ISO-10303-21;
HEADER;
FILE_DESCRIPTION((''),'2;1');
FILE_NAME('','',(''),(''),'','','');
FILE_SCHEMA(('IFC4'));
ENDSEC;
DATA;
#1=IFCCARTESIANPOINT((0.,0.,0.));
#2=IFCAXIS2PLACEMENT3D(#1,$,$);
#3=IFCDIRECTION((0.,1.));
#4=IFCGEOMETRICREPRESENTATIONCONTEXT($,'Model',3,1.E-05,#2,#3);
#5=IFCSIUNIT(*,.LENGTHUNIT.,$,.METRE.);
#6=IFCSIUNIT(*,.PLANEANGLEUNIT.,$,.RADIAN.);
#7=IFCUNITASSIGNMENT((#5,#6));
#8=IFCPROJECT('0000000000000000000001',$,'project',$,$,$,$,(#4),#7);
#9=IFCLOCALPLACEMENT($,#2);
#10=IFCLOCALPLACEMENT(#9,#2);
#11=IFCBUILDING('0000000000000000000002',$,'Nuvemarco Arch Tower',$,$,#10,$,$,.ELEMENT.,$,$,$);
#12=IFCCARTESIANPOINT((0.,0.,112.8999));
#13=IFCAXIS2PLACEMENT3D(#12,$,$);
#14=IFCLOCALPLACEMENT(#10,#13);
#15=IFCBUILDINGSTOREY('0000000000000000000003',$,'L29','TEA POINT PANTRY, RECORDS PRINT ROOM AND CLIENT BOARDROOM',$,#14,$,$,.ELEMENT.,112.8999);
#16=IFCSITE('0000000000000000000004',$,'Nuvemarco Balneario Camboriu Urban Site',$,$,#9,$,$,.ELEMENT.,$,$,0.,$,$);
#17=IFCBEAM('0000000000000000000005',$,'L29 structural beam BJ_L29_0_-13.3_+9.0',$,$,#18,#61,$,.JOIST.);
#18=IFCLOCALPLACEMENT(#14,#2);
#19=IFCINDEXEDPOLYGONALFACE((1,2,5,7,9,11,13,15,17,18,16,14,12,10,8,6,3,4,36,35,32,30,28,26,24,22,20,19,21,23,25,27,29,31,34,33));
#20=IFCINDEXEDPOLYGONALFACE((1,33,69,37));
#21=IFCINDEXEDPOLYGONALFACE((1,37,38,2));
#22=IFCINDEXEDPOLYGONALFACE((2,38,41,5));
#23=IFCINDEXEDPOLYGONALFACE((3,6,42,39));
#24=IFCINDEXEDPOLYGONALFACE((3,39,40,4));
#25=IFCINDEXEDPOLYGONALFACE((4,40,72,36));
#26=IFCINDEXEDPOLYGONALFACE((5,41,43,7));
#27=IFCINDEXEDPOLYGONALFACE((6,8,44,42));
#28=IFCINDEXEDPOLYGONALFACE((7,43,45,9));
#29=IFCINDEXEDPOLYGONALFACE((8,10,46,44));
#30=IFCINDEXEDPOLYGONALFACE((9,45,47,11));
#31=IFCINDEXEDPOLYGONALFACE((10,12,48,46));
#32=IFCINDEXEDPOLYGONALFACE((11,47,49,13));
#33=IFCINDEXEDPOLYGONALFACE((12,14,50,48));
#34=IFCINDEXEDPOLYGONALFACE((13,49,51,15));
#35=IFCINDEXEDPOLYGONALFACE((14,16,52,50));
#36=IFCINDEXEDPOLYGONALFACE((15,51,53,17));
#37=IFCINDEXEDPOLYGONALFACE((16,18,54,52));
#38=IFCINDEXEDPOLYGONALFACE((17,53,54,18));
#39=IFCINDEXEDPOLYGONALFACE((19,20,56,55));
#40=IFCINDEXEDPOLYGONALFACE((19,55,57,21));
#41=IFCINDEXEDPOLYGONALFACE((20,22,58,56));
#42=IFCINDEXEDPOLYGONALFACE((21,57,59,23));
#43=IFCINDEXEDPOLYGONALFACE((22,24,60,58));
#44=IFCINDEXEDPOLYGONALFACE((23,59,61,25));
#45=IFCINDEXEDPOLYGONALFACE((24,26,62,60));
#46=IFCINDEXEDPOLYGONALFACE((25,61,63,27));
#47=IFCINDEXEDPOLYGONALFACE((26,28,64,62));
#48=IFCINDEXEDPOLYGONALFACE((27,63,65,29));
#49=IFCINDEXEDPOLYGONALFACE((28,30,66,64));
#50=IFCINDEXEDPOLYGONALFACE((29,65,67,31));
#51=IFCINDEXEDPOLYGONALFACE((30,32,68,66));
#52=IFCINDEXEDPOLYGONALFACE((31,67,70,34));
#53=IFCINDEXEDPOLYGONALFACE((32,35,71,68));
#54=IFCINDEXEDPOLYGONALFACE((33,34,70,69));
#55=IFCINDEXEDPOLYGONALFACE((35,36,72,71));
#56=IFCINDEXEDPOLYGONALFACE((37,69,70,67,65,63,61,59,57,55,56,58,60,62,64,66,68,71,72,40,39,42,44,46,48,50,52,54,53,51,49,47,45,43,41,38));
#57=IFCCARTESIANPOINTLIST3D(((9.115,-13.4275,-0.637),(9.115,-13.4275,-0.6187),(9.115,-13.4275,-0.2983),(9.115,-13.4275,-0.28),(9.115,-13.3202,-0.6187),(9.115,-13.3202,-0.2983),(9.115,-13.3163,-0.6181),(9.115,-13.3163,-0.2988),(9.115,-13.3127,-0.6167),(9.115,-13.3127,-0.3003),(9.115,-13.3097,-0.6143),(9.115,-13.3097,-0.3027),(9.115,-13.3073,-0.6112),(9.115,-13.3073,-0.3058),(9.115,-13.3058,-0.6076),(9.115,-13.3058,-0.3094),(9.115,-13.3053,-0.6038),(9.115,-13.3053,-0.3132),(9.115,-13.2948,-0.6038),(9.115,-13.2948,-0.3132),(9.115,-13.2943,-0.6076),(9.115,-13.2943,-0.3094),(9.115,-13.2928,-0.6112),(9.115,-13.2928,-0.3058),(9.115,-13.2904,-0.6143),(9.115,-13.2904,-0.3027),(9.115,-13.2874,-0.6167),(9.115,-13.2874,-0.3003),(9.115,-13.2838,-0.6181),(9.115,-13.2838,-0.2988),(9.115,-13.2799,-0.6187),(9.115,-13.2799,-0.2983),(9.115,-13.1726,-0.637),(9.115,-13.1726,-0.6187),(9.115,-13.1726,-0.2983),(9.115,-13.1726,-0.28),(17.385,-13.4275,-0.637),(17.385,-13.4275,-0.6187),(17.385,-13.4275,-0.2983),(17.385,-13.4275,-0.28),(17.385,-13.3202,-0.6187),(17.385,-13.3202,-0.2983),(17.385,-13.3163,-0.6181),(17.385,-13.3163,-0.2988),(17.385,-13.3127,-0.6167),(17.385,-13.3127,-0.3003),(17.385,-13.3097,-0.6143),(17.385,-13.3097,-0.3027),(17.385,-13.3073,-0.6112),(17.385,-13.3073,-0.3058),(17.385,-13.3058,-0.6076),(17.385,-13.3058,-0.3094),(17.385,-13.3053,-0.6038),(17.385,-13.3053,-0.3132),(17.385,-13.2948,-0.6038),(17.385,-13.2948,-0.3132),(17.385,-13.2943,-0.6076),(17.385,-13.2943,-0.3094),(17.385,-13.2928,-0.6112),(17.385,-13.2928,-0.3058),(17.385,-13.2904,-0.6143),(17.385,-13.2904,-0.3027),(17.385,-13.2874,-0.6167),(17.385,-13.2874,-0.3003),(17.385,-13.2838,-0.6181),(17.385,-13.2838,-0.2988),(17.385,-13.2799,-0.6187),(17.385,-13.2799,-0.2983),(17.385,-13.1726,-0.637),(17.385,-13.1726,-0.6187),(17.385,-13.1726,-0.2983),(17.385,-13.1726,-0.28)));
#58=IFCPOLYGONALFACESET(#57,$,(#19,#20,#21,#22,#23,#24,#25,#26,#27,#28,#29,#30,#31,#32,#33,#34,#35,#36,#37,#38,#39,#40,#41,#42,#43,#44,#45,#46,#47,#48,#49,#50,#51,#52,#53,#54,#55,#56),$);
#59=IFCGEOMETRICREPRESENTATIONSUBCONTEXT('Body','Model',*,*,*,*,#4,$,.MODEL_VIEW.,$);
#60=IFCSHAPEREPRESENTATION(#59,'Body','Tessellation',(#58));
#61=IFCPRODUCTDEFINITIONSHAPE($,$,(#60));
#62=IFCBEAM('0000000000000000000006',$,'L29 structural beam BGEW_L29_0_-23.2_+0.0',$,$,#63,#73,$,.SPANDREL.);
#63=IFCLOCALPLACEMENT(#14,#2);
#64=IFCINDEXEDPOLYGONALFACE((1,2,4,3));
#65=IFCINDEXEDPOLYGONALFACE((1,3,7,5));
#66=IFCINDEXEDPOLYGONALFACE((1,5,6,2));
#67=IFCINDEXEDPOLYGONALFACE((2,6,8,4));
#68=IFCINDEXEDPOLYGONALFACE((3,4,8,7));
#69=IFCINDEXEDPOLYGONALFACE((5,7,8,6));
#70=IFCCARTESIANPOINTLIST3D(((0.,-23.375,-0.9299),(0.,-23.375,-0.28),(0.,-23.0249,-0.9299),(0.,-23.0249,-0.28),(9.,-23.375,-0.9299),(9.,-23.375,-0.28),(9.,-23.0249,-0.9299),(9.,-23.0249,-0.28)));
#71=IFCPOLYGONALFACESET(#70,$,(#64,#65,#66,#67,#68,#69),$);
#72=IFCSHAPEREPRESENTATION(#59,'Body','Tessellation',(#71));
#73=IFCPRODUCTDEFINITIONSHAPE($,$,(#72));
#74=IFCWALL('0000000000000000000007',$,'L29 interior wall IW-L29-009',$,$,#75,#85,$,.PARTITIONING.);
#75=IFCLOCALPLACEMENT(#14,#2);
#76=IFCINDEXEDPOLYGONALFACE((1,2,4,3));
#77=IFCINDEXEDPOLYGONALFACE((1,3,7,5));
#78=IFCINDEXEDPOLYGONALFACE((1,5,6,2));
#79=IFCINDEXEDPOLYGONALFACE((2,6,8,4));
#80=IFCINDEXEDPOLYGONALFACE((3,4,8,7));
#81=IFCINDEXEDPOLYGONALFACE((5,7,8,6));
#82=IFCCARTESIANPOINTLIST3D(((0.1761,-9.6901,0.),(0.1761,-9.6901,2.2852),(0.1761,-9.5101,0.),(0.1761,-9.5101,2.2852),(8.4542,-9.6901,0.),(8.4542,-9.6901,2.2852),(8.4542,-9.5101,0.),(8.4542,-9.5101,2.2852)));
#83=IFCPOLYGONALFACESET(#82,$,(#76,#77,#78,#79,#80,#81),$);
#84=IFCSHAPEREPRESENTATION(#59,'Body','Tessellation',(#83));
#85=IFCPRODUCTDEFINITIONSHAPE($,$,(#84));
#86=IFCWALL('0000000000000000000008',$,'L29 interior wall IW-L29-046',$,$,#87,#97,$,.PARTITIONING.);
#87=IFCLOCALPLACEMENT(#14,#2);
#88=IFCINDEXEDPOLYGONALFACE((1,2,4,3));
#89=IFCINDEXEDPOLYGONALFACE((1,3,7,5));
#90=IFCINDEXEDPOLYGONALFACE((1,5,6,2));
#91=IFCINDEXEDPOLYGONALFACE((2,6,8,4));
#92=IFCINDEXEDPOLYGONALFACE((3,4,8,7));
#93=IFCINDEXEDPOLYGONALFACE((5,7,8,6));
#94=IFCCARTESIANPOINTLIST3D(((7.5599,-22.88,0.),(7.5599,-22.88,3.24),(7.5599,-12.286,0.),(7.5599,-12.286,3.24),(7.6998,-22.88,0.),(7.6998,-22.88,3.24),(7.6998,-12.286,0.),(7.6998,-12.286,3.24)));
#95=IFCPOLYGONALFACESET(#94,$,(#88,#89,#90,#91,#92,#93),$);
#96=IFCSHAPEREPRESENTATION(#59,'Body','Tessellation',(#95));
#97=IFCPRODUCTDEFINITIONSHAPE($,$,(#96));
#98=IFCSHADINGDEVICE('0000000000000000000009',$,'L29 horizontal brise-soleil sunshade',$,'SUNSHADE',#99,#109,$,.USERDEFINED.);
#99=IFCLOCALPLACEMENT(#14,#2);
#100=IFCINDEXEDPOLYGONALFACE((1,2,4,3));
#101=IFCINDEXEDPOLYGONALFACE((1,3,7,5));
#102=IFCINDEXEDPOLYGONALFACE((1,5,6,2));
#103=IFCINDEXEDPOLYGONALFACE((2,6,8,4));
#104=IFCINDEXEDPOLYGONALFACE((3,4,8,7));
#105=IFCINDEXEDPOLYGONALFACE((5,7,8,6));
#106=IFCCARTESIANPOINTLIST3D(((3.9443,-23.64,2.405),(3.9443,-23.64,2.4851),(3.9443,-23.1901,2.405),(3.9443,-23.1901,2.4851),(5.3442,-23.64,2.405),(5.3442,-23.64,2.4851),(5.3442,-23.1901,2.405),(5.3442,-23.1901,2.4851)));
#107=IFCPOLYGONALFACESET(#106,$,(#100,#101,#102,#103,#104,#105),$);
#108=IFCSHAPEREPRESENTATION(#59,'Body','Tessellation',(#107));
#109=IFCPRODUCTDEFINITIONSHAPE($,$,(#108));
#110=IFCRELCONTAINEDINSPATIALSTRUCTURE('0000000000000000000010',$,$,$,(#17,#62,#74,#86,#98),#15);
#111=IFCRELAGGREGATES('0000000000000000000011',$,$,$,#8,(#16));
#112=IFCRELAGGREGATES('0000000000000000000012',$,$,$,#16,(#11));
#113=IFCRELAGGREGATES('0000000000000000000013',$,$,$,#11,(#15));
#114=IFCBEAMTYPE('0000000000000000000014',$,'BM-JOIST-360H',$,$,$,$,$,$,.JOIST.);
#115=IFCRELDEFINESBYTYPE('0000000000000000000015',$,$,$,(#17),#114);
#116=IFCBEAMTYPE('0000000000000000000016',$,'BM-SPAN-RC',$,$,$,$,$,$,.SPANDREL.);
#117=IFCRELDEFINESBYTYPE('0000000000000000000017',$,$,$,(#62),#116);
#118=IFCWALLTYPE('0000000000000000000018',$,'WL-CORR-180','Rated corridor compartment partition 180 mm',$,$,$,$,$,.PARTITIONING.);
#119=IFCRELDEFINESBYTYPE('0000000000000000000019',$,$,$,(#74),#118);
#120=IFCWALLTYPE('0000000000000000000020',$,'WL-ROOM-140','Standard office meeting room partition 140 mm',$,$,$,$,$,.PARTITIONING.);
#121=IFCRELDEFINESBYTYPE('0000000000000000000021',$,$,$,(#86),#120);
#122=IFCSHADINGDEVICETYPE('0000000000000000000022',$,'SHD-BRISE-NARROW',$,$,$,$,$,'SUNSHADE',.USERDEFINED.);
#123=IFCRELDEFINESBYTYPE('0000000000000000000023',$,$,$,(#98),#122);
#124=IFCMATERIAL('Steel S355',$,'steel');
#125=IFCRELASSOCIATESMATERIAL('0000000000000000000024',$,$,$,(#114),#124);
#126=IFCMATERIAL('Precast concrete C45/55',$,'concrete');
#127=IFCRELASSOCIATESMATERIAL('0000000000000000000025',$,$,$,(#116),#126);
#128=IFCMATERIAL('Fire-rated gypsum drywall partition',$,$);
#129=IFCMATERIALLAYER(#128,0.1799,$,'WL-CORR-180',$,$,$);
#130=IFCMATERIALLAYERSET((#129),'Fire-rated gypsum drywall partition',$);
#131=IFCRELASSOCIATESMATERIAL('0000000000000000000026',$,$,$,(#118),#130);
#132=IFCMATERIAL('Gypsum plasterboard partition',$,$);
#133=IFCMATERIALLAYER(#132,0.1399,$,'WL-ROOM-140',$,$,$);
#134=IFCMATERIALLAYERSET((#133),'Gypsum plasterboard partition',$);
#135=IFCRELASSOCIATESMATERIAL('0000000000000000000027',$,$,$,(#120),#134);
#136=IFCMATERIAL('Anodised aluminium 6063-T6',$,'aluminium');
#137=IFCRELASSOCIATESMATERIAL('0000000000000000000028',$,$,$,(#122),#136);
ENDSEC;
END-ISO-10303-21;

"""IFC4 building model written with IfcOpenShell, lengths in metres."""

from ifc_helpers import new_model, si_unit, direction, frame, frame_2d, origin, origin_2d, place, context, subcontext, project, spatial, rectangle, i_section, extrude, source, transform, mapped, material, layer, layer_set, material_profile, profile_set, type_object, type_shapes, element, save


model = new_model("IFC4")

# Units and contexts
model_context = context("Model", 3, precision=1e-05, world=origin(), true_north=direction((0.0, 1.0)))
body_context = subcontext(model_context, "Body", "Model", "MODEL_VIEW")
ifc_project = project(units=[si_unit("LENGTHUNIT", "METRE"), si_unit("PLANEANGLEUNIT", "RADIAN")], contexts=[model_context])

# Site, building, storey
site_placement = place(None, origin())
site = spatial("IfcSite", under=ifc_project, at=site_placement, Name="Nuvemarco Balneario Camboriu Urban Site", CompositionType="ELEMENT", RefElevation=0.0)
building_placement = place(site_placement, origin())
building = spatial("IfcBuilding", under=site, at=building_placement, Name="Nuvemarco Arch Tower", CompositionType="ELEMENT")
storey_placement = place(building_placement, frame((0.0, 0.0, 112.8999)))
storey = spatial("IfcBuildingStorey", under=building, at=storey_placement, Name="L29", Description="TEA POINT PANTRY, RECORDS PRINT ROOM AND CLIENT BOARDROOM", CompositionType="ELEMENT", Elevation=112.8999)

# Shared definitions
ifc_material_1 = material(Name="Steel S355", Category="steel")

# Beams
ifc_material_profile_1 = material_profile(ifc_material_1, i_section(OverallWidth=0.2549, OverallDepth=0.3569, WebThickness=0.0105, FlangeThickness=0.0183, FilletRadius=0.0149, at=origin_2d()), Name="W360x101")
ifc_profile_set_1 = profile_set([ifc_material_profile_1], Name="Steel S355")
beam_type_1 = type_object("IfcBeamType", Name="BM-JOIST-360H", PredefinedType="JOIST", material=ifc_profile_set_1)
beam_1_placement = place(storey_placement, frame((9.115, -13.3, -0.4585), z_axis=(1.0, 0.0, 0.0), x_axis=(0.0, 1.0, 0.0)))
element("IfcBeam", 1, at=beam_1_placement, inside=storey, type_object=beam_type_1, Name="L29 structural beam BJ_L29_0_-13.3_+9.0", PredefinedType="JOIST", context=body_context, shape_type="SweptSolid", body=[
    extrude(i_section(OverallWidth=0.2549, OverallDepth=0.3569, WebThickness=0.0105, FlangeThickness=0.0183, FilletRadius=0.0149, at=origin_2d()), origin(), (0.0, 0.0, 1.0), 8.27),
])
ifc_material_2 = material(Name="Precast concrete C45/55", Category="concrete")
ifc_material_profile_2 = material_profile(ifc_material_2, rectangle(XDim=0.3501, YDim=0.6499, at=origin_2d()), Name="PC-SP-350x650")
ifc_profile_set_2 = profile_set([ifc_material_profile_2], Name="Precast concrete C45/55")
beam_type_2 = type_object("IfcBeamType", Name="BM-SPAN-RC", PredefinedType="SPANDREL", material=ifc_profile_set_2)
beam_2_placement = place(storey_placement, frame((0.0, -23.2, -0.605), z_axis=(1.0, 0.0, 0.0), x_axis=(0.0, 1.0, 0.0)))
element("IfcBeam", 2, at=beam_2_placement, inside=storey, type_object=beam_type_2, Name="L29 structural beam BGEW_L29_0_-23.2_+0.0", PredefinedType="SPANDREL", context=body_context, shape_type="SweptSolid", body=[
    extrude(rectangle(XDim=0.3501, YDim=0.6499, at=origin_2d()), origin(), (0.0, 0.0, 1.0), 9.0),
])

# Walls
ifc_material_3 = material(Name="Fire-rated gypsum drywall partition")
ifc_layer_1 = layer(ifc_material_3, 0.1799, Name="WL-CORR-180")
ifc_layer_set_1 = layer_set([ifc_layer_1], Name="Fire-rated gypsum drywall partition")
wall_type_1 = type_object("IfcWallType", Name="WL-CORR-180", Description="Rated corridor compartment partition 180 mm", PredefinedType="PARTITIONING", material=ifc_layer_set_1)
wall_1_placement = place(storey_placement, frame((0.176, -9.6001, 0.0), z_axis=(0.0, 0.0, 1.0), x_axis=(1.0, 0.0, 0.0)))
element("IfcWall", 3, at=wall_1_placement, inside=storey, type_object=wall_type_1, Name="L29 interior wall IW-L29-009", PredefinedType="PARTITIONING", context=body_context, shape_type="SweptSolid", body=[
    extrude(rectangle(XDim=8.2781, YDim=0.1799, at=frame_2d((4.1392, 0.0))), origin(), (0.0, 0.0, 1.0), 2.2852),
])
ifc_material_4 = material(Name="Gypsum plasterboard partition")
ifc_layer_2 = layer(ifc_material_4, 0.1399, Name="WL-ROOM-140")
ifc_layer_set_2 = layer_set([ifc_layer_2], Name="Gypsum plasterboard partition")
wall_type_2 = type_object("IfcWallType", Name="WL-ROOM-140", Description="Standard office meeting room partition 140 mm", PredefinedType="PARTITIONING", material=ifc_layer_set_2)
wall_2_placement = place(storey_placement, frame((7.6299, -22.8799, 0.0), z_axis=(0.0, 0.0, 1.0), x_axis=(0.0, 1.0, 0.0)))
element("IfcWall", 4, at=wall_2_placement, inside=storey, type_object=wall_type_2, Name="L29 interior wall IW-L29-046", PredefinedType="PARTITIONING", context=body_context, shape_type="SweptSolid", body=[
    extrude(rectangle(XDim=10.594, YDim=0.1399, at=frame_2d((5.2969, 0.0))), origin(), (0.0, 0.0, 1.0), 3.24),
])

# Shading device
ifc_material_5 = material(Name="Anodised aluminium 6063-T6", Category="aluminium")
shading_device_type = type_object("IfcShadingDeviceType", Name="SHD-BRISE-NARROW", ElementType="SUNSHADE", PredefinedType="USERDEFINED", material=ifc_material_5)
shared_shape = source(origin(), body_context, "Body", "SweptSolid", [
    extrude(rectangle(XDim=1.3999, YDim=0.45, at=origin_2d()), origin(), (0.0, 0.0, 1.0), 0.0801),
])
type_shapes(shading_device_type, [shared_shape])
shading_device_placement = place(storey_placement, frame((4.6443, -23.415, 2.405), z_axis=(0.0, 0.0, 1.0), x_axis=(1.0, 0.0, 0.0)))
element("IfcShadingDevice", 5, at=shading_device_placement, inside=storey, type_object=shading_device_type, Name="L29 horizontal brise-soleil sunshade", ObjectType="SUNSHADE", PredefinedType="USERDEFINED", context=body_context, shape_type="MappedRepresentation", body=[
    mapped(shared_shape, transform((0.0, 0.0, 0.0), scale=1.0)),
])

save(model, "model.ifc")
